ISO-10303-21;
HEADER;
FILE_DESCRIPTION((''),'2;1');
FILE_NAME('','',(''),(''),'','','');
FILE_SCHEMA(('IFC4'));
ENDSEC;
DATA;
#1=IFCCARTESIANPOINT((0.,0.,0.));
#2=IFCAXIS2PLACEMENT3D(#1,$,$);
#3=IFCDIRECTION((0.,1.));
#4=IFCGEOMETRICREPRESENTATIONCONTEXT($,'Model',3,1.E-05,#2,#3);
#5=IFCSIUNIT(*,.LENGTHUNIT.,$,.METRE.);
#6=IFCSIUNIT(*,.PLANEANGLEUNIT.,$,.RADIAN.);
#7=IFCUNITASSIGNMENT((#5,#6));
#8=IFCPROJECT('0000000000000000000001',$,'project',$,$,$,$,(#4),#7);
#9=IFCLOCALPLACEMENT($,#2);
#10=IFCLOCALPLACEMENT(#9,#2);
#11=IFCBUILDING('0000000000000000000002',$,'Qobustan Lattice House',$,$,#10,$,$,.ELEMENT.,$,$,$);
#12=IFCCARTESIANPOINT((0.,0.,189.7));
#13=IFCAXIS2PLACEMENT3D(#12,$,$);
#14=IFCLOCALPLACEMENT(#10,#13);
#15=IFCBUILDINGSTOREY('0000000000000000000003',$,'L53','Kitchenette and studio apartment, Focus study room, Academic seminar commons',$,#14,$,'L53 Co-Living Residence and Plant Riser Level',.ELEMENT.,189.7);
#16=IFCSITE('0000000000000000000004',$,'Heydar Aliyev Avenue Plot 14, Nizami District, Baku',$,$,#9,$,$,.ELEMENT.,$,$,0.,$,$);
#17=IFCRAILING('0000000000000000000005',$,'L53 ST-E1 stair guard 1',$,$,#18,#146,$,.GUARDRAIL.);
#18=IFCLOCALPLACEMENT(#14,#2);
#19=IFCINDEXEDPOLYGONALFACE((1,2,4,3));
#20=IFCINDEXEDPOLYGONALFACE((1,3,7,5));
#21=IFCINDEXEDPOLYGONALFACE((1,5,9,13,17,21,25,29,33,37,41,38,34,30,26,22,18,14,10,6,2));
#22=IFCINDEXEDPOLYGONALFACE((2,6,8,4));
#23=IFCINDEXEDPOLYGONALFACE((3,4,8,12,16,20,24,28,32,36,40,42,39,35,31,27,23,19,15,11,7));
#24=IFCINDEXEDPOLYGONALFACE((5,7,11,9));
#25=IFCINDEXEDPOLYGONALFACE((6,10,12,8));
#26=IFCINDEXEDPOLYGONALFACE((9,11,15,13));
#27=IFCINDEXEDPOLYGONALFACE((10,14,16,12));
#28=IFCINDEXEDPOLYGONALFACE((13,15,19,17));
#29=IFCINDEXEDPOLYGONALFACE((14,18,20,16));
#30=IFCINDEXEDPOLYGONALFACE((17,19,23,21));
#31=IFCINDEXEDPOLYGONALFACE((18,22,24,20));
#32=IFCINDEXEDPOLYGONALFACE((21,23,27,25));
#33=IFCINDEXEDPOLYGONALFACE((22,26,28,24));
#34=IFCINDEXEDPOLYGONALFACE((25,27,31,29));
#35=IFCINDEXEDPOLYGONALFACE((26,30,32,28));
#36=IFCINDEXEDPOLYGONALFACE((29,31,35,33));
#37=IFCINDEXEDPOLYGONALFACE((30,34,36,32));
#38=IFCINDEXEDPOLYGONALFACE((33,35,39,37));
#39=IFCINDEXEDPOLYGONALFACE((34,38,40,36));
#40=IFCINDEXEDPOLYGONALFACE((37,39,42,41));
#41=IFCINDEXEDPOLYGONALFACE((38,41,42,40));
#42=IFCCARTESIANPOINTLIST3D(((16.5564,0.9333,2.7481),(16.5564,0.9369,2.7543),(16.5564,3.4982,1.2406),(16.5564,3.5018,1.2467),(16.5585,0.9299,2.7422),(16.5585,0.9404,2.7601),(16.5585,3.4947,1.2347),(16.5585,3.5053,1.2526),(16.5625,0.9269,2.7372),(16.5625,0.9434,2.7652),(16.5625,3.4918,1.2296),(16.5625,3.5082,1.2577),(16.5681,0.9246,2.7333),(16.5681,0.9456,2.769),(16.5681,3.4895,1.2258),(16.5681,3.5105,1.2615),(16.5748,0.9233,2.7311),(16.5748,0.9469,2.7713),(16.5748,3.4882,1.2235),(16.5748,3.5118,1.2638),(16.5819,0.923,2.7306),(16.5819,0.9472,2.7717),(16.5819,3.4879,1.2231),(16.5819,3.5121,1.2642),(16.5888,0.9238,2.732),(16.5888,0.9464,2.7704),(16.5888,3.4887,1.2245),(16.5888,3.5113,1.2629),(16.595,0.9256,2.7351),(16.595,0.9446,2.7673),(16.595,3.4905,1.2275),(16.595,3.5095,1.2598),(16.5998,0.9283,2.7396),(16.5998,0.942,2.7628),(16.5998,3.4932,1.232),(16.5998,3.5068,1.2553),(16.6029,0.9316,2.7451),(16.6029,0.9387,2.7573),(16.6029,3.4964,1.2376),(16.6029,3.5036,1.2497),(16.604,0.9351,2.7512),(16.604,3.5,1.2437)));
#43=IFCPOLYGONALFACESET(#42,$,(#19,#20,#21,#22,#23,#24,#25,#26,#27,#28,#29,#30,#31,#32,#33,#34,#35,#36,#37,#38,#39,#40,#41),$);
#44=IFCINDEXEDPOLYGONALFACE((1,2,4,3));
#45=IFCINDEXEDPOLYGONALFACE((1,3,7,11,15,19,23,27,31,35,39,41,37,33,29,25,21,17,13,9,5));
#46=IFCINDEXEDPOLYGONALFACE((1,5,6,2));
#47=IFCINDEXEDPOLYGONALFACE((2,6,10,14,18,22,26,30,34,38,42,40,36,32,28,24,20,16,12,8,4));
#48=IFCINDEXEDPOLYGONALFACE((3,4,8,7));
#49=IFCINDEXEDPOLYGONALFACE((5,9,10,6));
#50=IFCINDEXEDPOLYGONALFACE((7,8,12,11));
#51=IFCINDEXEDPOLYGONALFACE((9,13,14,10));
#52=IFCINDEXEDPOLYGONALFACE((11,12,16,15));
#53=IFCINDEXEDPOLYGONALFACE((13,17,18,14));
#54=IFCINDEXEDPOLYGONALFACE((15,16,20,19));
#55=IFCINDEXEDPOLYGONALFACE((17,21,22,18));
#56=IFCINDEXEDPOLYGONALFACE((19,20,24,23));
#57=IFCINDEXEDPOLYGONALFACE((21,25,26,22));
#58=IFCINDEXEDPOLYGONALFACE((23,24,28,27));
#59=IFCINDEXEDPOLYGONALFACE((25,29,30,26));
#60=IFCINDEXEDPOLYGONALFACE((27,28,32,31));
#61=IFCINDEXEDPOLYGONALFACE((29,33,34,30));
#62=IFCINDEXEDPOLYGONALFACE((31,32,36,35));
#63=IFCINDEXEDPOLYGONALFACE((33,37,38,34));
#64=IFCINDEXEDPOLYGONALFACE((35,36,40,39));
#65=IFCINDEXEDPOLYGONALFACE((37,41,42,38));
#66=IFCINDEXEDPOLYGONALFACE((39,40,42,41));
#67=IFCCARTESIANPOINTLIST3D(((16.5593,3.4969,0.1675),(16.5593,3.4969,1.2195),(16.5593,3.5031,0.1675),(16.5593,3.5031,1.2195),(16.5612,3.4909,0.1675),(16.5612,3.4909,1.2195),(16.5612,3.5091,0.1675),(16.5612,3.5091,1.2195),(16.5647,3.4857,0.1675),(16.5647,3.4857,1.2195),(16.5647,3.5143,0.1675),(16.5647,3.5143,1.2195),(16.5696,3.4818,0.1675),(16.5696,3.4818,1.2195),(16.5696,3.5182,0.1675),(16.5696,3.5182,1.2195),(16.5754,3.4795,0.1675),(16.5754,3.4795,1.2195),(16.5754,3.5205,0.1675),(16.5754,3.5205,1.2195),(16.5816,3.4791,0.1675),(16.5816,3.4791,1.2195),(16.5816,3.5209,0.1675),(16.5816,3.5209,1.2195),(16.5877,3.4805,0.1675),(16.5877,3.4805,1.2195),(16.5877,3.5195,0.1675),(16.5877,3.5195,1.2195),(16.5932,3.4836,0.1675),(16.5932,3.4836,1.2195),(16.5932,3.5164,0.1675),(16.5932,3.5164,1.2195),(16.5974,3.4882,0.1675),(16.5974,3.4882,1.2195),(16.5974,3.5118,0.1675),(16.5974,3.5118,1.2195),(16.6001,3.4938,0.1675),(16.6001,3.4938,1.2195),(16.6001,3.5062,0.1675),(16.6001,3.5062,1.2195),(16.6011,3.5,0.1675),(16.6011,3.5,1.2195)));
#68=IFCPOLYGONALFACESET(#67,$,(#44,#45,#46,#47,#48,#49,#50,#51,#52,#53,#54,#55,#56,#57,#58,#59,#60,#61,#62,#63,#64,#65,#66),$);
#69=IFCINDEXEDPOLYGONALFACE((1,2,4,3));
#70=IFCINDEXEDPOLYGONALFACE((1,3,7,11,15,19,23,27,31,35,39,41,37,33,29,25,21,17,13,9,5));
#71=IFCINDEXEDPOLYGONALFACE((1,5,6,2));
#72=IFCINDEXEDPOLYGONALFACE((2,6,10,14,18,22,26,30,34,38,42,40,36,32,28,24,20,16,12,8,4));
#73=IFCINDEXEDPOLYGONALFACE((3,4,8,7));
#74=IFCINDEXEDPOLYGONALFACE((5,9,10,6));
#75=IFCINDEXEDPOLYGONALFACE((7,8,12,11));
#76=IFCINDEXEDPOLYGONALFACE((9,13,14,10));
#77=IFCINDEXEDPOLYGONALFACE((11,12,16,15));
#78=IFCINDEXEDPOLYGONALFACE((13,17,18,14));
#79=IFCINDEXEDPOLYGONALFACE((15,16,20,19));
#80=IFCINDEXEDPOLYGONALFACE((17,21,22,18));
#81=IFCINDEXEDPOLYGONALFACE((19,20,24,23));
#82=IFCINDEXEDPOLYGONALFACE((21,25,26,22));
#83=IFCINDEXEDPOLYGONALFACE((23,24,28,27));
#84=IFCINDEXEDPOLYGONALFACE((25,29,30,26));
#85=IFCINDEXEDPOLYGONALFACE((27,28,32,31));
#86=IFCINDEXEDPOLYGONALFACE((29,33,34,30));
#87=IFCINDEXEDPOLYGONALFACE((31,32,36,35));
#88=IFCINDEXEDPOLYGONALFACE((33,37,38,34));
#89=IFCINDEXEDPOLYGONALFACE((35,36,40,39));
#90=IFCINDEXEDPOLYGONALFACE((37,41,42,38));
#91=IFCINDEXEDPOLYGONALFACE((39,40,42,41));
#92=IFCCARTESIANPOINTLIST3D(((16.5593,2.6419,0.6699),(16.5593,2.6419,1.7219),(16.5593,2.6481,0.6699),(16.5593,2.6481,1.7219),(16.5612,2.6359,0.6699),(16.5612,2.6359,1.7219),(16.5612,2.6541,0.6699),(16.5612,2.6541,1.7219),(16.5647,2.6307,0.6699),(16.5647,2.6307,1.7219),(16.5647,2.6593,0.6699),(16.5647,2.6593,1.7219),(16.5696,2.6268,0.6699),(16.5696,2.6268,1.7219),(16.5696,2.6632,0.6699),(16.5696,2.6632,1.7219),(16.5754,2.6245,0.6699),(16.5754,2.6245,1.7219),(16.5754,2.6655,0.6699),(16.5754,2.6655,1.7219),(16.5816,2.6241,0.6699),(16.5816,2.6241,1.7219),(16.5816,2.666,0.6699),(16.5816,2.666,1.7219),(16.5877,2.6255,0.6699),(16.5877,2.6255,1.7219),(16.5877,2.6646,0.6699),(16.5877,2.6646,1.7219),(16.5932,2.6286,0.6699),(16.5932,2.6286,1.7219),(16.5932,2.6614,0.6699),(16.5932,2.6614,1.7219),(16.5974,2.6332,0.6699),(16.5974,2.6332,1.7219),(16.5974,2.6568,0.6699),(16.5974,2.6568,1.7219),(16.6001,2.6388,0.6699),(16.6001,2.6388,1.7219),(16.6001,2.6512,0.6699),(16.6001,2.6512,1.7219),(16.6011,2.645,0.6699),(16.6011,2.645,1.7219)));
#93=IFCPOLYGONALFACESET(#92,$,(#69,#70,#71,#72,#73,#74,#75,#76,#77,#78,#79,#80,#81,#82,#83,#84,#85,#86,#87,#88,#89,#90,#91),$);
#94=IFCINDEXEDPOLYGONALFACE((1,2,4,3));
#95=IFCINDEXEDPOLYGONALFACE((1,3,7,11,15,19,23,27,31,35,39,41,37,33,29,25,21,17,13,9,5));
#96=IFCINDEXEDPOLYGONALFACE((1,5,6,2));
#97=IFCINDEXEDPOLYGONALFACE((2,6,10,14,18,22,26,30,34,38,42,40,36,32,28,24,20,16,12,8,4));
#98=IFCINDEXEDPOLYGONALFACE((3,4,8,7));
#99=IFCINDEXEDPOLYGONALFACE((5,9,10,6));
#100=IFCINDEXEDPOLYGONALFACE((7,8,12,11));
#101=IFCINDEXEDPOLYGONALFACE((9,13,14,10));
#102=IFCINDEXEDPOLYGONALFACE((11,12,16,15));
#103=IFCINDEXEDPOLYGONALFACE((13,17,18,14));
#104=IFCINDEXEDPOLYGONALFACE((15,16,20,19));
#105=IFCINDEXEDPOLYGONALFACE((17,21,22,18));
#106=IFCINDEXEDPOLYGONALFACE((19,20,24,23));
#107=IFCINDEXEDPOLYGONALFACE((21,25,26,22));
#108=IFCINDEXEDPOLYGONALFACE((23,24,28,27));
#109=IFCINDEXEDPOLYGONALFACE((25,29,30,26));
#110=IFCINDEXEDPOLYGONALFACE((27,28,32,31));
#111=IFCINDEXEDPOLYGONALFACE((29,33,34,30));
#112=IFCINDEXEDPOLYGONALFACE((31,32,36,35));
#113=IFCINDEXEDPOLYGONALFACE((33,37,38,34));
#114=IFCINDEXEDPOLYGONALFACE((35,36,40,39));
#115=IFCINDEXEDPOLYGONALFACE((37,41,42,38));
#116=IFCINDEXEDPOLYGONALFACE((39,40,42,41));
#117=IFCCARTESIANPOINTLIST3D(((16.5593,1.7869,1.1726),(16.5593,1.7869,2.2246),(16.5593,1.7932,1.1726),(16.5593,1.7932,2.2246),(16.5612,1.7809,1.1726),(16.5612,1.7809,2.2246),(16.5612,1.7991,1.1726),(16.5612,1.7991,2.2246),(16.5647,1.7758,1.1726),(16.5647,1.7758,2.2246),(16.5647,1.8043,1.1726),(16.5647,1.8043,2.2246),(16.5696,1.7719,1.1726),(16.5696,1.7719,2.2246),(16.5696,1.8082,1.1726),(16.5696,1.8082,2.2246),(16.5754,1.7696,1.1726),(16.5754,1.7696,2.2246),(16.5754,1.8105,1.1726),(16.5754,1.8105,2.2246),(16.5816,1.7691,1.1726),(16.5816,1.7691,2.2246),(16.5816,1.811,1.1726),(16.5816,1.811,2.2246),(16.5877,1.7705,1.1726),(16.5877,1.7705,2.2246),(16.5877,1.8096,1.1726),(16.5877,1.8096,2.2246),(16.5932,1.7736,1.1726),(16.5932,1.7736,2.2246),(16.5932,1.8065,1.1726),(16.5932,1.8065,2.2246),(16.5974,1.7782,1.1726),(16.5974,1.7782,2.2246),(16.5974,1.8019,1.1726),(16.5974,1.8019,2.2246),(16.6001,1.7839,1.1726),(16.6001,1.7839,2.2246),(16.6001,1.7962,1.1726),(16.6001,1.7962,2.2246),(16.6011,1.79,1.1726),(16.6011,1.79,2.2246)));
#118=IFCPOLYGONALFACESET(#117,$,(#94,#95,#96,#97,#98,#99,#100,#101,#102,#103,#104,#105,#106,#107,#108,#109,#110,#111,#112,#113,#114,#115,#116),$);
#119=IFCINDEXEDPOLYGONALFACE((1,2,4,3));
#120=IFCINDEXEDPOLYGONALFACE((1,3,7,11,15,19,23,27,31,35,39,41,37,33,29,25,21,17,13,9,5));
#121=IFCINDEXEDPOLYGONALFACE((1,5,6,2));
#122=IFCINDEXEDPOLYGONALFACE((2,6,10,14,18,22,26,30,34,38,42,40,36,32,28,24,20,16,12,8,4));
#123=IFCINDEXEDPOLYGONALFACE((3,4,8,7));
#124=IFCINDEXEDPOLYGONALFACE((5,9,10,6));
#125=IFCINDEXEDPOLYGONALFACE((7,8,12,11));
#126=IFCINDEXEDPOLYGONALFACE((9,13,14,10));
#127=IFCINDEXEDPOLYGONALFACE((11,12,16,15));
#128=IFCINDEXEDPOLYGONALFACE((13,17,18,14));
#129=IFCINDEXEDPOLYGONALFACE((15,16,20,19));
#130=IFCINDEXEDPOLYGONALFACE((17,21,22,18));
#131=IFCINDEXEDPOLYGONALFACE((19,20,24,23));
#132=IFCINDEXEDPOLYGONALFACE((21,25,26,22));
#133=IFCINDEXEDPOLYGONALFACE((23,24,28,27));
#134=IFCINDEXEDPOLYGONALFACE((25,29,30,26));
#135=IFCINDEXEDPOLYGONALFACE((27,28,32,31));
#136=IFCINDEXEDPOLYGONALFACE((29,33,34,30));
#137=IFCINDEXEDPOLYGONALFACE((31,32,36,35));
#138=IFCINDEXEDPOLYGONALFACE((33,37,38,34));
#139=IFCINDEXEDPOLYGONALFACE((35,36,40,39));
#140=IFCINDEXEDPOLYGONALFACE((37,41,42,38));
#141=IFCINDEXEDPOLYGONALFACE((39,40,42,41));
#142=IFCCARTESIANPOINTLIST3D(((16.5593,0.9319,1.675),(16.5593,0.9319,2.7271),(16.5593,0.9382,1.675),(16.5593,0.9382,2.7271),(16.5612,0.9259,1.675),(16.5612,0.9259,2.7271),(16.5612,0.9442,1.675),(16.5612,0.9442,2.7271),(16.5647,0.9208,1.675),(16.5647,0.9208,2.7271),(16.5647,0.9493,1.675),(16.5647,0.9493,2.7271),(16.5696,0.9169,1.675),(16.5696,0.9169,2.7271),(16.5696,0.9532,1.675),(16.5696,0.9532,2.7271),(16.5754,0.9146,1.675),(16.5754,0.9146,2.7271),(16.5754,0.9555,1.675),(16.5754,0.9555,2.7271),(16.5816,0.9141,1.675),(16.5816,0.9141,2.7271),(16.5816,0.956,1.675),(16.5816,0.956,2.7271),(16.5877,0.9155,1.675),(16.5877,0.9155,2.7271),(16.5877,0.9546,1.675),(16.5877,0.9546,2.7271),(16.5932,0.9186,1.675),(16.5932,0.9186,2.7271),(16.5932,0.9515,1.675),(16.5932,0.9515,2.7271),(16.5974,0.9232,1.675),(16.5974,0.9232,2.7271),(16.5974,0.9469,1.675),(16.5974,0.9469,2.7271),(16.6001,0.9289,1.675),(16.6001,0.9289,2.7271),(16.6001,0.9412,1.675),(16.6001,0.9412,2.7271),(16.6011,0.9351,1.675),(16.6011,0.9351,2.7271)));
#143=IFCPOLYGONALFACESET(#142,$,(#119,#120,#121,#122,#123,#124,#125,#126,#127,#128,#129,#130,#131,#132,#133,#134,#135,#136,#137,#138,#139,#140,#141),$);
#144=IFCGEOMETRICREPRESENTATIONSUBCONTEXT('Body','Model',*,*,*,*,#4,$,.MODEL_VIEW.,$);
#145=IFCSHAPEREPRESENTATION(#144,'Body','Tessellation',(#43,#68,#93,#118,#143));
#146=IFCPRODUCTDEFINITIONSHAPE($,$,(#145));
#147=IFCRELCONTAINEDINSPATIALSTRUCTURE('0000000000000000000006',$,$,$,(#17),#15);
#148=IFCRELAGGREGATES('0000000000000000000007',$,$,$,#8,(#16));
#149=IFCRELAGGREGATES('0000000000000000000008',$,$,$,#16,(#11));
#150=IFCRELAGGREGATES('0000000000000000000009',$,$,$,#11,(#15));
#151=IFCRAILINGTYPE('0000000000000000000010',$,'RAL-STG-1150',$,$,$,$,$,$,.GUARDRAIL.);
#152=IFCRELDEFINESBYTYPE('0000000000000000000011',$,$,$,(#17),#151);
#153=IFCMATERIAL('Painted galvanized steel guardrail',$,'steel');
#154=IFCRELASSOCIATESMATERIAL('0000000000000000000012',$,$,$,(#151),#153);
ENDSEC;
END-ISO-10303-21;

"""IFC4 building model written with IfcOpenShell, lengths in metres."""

from ifc_helpers import new_model, si_unit, direction, frame, origin, origin_2d, place, context, subcontext, project, spatial, circle, extrude, material, type_object, element, save


model = new_model("IFC4")

# Units and contexts
model_context = context("Model", 3, precision=1e-05, world=origin(), true_north=direction((0.0, 1.0)))
body_context = subcontext(model_context, "Body", "Model", "MODEL_VIEW")
ifc_project = project(units=[si_unit("LENGTHUNIT", "METRE"), si_unit("PLANEANGLEUNIT", "RADIAN")], contexts=[model_context])

# Site, building, storey
site_placement = place(None, origin())
site = spatial("IfcSite", under=ifc_project, at=site_placement, Name="Heydar Aliyev Avenue Plot 14, Nizami District, Baku", CompositionType="ELEMENT", RefElevation=0.0)
building_placement = place(site_placement, origin())
building = spatial("IfcBuilding", under=site, at=building_placement, Name="Qobustan Lattice House", CompositionType="ELEMENT")
storey_placement = place(building_placement, frame((0.0, 0.0, 189.7)))
storey = spatial("IfcBuildingStorey", under=building, at=storey_placement, Name="L53", Description="Kitchenette and studio apartment, Focus study room, Academic seminar commons", LongName="L53 Co-Living Residence and Plant Riser Level", CompositionType="ELEMENT", Elevation=189.7)

# Railing
ifc_material_1 = material(Name="Painted galvanized steel guardrail", Category="steel")
railing_type_1 = type_object("IfcRailingType", Name="RAL-STG-1150", PredefinedType="GUARDRAIL", material=ifc_material_1)
railing_1_placement = place(storey_placement, frame((16.5801, 3.5, 0.1675)))
element("IfcRailing", 1, at=railing_1_placement, inside=storey, type_object=railing_type_1, Name="L53 ST-E1 stair guard 1", PredefinedType="GUARDRAIL", context=body_context, shape_type="SweptSolid", body=[
    extrude(circle(Radius=0.0239, at=origin_2d()), frame((0.0, 0.0, 1.0762), z_axis=(0.0, -0.862113, 0.506715), x_axis=(1.0, 0.0, 0.0)), (0.0, 0.0, 1.0), 2.9751),
    extrude(circle(Radius=0.021, at=origin_2d()), origin(), (0.0, 0.0, 1.0), 1.052),
    extrude(circle(Radius=0.021, at=origin_2d()), frame((0.0, -0.855, 0.5024)), (0.0, 0.0, 1.0), 1.052),
    extrude(circle(Radius=0.021, at=origin_2d()), frame((0.0, -1.71, 1.0051)), (0.0, 0.0, 1.0), 1.052),
    extrude(circle(Radius=0.021, at=origin_2d()), frame((0.0, -2.5649, 1.5076)), (0.0, 0.0, 1.0), 1.052),
])

save(model, "model.ifc")
